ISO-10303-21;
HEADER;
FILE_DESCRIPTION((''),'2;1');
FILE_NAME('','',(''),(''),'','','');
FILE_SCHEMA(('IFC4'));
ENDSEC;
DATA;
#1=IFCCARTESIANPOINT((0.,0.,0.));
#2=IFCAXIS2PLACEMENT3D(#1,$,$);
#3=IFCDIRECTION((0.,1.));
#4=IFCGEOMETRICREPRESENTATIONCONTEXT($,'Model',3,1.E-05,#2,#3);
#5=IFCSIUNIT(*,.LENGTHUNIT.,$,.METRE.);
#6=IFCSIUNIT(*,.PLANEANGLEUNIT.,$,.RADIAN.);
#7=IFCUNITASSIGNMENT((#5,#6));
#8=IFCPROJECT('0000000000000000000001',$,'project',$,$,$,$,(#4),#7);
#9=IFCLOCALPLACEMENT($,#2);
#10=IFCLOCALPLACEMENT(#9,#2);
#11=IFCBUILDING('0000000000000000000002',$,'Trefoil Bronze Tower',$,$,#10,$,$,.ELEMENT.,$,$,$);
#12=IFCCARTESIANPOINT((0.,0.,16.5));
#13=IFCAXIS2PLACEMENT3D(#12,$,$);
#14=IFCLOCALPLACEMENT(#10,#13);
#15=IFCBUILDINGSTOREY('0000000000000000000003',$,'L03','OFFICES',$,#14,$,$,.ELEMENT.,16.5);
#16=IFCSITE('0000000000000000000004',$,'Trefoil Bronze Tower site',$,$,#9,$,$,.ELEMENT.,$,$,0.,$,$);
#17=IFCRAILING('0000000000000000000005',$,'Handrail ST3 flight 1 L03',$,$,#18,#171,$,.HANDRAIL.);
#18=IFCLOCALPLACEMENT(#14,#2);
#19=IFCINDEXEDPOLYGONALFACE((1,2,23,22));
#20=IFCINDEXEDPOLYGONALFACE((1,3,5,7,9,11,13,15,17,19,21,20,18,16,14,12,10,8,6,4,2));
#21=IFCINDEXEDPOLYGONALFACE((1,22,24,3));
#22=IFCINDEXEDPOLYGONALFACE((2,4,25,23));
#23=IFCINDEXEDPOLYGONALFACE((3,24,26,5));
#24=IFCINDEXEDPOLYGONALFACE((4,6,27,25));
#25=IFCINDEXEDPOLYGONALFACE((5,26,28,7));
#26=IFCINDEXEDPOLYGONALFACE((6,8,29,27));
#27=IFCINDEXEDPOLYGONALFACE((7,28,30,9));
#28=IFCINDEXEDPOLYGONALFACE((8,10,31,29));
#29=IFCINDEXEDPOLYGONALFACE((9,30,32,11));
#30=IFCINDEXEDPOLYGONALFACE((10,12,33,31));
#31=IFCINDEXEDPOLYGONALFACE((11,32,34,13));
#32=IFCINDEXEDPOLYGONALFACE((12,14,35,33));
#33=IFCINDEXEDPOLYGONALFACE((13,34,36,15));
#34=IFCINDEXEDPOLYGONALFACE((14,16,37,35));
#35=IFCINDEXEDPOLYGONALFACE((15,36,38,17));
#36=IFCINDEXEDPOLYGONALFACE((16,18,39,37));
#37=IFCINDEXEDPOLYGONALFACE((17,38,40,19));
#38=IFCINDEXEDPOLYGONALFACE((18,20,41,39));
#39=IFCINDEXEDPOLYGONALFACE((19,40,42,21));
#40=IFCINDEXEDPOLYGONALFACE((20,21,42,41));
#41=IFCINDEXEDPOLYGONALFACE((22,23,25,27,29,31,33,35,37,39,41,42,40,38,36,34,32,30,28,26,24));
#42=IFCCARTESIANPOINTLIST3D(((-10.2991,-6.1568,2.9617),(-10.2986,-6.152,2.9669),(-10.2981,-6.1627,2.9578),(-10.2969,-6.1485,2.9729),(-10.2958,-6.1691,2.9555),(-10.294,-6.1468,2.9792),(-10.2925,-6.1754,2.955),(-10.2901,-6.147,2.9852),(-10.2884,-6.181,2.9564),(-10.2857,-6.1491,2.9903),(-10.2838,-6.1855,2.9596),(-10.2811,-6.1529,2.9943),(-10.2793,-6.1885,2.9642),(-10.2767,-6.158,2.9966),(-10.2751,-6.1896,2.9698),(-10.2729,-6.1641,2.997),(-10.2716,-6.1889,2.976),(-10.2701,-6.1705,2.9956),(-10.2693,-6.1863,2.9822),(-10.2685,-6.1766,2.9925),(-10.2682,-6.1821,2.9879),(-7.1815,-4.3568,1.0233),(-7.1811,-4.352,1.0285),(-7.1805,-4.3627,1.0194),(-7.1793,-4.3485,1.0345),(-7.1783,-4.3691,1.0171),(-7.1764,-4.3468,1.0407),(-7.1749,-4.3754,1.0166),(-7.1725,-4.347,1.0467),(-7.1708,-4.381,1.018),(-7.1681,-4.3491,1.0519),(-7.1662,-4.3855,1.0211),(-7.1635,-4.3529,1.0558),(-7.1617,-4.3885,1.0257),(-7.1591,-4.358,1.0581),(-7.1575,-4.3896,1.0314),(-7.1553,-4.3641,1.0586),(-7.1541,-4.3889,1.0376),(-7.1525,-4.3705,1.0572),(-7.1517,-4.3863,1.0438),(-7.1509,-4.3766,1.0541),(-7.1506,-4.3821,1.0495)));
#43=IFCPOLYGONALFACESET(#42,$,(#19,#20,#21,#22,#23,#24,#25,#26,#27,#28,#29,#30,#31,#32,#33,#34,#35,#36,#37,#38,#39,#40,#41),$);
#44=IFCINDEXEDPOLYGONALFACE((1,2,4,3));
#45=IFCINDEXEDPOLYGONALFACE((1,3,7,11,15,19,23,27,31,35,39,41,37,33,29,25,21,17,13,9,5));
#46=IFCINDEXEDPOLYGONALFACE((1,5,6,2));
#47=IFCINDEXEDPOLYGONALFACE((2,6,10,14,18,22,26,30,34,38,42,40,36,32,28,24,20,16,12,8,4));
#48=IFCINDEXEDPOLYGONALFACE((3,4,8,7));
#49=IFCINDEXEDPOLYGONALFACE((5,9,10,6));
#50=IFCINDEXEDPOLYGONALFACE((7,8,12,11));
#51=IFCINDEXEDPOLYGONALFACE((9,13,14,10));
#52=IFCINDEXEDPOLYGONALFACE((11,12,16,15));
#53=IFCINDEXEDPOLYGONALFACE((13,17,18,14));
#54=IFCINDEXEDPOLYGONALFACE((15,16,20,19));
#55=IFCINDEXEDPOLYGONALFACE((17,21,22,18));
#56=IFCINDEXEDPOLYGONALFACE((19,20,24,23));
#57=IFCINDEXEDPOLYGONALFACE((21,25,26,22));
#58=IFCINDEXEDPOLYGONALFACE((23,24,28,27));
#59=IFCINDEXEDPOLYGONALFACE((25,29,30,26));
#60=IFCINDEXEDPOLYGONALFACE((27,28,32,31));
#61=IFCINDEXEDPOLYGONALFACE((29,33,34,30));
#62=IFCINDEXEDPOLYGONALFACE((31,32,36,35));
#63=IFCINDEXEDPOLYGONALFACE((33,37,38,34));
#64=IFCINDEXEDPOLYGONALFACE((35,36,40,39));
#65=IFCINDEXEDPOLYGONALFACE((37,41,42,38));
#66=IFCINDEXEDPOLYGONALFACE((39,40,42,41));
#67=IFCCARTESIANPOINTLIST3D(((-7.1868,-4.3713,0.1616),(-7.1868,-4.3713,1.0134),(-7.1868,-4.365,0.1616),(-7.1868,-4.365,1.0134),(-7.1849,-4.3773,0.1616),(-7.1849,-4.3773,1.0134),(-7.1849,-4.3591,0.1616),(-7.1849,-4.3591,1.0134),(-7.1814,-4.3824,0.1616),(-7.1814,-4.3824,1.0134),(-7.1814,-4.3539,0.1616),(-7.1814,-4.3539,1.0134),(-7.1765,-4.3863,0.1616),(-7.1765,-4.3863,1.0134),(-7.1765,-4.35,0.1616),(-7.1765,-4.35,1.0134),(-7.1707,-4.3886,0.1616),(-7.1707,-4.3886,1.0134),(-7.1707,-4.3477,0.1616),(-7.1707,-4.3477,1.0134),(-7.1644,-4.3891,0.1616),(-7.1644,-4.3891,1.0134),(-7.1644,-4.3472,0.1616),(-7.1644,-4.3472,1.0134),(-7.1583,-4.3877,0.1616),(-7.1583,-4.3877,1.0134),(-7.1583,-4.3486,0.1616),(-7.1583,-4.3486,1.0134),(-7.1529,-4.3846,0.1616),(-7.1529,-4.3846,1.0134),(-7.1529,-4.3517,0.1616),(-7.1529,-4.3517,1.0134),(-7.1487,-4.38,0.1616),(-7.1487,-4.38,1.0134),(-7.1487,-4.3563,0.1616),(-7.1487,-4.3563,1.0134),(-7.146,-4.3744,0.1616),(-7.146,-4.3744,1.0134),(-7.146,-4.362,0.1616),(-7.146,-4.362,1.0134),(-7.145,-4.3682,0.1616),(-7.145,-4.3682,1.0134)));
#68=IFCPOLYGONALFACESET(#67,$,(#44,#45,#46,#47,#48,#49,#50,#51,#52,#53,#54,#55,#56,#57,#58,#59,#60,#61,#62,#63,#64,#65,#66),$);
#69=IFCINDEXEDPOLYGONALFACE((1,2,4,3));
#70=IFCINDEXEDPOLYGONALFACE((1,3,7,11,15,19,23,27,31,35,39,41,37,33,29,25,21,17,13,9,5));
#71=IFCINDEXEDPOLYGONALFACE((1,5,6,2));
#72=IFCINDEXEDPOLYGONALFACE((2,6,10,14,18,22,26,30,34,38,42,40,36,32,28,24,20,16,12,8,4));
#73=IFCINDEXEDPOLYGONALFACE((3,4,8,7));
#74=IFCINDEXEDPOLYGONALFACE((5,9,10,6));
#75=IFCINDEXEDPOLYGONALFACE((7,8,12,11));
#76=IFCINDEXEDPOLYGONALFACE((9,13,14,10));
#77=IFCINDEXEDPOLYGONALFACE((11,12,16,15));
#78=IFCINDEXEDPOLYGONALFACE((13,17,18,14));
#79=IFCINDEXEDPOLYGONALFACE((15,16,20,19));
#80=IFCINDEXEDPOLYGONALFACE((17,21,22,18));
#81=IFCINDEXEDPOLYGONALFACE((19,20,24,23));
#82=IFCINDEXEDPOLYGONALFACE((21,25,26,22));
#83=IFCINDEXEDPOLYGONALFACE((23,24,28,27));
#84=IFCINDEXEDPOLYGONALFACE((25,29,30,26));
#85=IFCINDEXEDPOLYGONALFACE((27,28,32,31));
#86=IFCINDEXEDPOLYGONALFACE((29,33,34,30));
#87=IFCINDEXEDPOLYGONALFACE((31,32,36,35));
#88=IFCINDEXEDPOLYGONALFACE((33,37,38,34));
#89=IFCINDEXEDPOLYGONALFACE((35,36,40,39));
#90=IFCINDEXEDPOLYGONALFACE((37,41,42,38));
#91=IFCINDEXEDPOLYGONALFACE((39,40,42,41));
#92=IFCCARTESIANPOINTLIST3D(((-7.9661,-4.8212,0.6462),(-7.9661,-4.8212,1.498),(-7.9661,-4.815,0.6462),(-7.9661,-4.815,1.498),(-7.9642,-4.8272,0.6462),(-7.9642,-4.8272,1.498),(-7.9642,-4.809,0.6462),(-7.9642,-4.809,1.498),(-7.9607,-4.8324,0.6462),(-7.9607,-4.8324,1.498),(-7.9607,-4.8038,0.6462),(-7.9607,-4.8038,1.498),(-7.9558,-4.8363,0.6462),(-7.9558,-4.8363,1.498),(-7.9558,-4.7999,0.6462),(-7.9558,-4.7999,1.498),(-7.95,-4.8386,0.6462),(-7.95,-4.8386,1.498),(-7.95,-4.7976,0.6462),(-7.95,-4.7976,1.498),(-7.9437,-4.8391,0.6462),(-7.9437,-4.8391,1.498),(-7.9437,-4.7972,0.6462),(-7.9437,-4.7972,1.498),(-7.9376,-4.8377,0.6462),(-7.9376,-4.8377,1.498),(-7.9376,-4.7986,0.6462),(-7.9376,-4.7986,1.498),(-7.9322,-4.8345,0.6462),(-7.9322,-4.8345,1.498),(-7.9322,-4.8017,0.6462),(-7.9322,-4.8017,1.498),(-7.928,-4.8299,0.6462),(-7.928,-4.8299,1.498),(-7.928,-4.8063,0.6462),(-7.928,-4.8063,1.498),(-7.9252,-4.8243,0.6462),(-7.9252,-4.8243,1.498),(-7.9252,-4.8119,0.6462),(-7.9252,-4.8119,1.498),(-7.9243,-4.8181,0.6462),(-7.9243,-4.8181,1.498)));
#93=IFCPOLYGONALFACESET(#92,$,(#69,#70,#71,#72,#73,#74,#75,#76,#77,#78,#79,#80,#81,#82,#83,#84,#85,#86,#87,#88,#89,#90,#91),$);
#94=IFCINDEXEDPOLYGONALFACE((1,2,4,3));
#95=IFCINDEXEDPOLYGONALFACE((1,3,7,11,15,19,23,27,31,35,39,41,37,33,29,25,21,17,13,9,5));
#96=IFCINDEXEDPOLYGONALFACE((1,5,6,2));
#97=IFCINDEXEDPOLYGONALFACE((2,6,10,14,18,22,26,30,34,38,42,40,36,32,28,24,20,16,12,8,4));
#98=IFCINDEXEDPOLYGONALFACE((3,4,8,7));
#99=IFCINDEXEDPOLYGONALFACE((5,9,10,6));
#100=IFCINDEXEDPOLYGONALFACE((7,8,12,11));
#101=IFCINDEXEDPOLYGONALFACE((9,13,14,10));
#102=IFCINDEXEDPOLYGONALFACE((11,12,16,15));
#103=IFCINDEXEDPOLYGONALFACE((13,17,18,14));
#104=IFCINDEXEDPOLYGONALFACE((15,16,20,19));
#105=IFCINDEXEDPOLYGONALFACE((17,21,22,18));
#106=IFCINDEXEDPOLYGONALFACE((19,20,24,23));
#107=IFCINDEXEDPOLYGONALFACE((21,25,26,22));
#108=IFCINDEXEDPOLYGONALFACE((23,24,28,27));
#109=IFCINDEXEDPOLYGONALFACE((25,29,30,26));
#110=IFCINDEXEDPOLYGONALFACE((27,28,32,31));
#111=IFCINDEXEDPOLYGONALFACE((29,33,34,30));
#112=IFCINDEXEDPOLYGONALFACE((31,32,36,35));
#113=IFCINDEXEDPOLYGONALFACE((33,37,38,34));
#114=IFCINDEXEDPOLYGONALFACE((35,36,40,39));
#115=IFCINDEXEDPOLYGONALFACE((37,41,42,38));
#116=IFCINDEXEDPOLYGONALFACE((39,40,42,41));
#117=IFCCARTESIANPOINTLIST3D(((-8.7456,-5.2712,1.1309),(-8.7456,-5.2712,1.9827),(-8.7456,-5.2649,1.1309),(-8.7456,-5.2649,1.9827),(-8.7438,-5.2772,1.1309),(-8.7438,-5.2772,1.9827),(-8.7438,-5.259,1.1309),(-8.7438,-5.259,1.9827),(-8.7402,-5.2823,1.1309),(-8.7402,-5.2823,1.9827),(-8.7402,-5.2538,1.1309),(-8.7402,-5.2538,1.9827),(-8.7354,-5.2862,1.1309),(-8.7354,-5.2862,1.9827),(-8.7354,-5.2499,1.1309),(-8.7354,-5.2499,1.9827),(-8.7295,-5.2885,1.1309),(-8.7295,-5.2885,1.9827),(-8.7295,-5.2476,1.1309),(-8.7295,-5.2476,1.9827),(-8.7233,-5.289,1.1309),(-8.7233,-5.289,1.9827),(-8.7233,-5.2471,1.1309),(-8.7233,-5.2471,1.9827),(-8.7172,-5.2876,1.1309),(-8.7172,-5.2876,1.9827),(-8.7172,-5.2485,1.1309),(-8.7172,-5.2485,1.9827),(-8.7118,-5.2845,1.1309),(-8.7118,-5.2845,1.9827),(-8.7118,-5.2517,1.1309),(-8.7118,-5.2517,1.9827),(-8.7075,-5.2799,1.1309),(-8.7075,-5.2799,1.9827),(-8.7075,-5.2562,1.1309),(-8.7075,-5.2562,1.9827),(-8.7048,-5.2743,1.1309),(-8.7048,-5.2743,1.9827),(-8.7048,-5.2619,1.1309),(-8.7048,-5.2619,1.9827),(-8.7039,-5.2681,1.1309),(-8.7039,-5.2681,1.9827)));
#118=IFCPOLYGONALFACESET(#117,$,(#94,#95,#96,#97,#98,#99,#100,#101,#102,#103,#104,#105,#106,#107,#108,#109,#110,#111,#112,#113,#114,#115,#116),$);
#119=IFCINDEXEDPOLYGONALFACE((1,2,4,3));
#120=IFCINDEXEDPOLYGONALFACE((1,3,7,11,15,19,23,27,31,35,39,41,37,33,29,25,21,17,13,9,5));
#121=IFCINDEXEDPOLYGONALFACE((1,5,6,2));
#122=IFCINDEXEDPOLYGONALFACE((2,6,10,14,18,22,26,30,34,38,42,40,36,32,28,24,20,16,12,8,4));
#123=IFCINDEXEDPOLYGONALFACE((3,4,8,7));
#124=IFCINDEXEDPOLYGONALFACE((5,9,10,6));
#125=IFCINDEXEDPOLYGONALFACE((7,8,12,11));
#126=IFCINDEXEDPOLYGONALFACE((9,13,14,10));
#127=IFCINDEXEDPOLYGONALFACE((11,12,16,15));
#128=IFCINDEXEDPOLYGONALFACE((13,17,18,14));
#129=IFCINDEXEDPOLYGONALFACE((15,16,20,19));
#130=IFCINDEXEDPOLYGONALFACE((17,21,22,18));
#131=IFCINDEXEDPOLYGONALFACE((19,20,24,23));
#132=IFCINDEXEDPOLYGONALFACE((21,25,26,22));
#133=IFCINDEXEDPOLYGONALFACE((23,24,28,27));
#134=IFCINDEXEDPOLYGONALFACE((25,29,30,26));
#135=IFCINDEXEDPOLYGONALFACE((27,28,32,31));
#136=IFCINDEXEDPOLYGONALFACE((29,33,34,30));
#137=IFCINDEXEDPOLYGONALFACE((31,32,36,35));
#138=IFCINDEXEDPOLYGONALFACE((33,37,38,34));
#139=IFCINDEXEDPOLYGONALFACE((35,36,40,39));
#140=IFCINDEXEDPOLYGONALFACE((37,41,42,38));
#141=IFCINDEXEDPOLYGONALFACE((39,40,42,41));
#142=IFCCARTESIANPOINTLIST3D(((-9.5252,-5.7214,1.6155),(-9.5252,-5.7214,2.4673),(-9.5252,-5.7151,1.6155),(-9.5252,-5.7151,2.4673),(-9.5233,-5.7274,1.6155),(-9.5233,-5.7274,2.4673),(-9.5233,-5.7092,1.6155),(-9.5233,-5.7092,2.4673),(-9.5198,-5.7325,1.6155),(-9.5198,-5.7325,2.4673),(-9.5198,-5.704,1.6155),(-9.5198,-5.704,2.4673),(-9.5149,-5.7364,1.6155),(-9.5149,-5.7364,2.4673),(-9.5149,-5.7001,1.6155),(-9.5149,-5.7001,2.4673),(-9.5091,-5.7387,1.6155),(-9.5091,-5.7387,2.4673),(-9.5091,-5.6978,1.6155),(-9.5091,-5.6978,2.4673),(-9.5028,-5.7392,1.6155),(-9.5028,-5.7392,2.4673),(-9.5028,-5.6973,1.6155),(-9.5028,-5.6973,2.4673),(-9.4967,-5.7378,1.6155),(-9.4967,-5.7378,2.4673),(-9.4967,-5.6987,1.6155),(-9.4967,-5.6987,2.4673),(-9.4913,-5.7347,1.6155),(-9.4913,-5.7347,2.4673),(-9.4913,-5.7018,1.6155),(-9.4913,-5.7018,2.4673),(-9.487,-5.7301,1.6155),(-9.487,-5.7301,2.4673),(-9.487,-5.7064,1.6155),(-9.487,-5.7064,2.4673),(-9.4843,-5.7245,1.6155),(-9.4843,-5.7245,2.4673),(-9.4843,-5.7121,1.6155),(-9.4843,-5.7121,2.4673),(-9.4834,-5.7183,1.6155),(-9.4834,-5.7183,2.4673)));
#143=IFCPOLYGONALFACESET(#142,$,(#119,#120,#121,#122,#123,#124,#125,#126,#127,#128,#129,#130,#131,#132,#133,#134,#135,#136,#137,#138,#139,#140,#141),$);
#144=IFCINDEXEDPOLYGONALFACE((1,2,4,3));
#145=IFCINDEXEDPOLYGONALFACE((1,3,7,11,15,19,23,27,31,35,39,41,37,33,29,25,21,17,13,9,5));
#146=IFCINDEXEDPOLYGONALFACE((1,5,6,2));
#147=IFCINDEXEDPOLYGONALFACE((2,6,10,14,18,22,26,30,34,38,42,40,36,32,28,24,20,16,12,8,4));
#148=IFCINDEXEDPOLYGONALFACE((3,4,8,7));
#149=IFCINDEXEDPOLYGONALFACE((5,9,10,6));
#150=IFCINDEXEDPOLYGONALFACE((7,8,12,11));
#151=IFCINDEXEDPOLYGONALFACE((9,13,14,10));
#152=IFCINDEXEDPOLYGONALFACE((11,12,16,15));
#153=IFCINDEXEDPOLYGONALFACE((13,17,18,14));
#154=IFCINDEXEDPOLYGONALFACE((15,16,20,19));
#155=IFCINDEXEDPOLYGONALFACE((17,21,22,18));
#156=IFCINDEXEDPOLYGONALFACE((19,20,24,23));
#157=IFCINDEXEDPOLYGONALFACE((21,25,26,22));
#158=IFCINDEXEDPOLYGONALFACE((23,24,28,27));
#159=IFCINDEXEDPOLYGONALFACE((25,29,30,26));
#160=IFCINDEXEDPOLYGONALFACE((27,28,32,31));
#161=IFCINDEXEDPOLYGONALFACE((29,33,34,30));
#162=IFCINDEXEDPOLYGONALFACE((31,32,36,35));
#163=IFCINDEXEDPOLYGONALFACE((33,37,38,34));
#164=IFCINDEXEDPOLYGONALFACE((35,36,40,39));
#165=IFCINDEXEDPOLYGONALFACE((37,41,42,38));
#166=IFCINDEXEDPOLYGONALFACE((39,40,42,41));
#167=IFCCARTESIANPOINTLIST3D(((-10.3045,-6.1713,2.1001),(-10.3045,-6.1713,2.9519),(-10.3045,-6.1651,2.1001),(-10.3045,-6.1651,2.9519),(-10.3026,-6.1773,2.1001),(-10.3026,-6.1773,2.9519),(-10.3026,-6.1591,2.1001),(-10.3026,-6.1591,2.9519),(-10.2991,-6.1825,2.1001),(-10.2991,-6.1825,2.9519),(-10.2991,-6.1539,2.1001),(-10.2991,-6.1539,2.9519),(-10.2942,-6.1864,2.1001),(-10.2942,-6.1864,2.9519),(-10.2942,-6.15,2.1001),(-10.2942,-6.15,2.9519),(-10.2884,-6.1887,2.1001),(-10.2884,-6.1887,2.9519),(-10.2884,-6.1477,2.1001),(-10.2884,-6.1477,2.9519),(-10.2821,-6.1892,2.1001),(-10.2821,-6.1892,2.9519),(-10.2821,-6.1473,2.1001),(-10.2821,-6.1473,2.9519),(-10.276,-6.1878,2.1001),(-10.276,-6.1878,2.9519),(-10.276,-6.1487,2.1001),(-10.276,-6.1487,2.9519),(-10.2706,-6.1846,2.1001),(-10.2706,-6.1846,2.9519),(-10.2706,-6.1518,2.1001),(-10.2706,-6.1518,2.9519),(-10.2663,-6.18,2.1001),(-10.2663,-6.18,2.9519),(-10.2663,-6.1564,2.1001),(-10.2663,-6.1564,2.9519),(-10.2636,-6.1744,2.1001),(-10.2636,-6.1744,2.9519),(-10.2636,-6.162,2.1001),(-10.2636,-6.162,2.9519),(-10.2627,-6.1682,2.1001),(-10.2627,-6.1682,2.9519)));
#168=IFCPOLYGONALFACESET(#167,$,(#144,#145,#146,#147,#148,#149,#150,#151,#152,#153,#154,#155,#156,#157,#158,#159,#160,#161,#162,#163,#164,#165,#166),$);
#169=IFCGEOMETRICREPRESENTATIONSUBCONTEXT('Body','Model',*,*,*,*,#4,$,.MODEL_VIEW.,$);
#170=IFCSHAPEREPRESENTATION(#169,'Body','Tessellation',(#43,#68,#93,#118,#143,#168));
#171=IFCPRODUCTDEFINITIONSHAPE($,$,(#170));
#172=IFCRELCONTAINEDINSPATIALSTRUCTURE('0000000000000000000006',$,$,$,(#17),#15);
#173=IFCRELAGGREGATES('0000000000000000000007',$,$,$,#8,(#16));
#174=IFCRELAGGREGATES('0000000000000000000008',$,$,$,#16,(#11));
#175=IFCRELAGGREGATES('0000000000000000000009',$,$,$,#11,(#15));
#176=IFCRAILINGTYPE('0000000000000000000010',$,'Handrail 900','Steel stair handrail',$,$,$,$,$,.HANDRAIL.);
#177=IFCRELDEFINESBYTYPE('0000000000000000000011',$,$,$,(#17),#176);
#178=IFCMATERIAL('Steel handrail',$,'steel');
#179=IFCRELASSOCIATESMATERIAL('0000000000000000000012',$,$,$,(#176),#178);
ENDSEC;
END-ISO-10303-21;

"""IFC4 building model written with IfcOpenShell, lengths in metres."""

from ifc_helpers import new_model, si_unit, direction, frame, origin, origin_2d, place, context, subcontext, project, spatial, circle, extrude, material, type_object, element, save


model = new_model("IFC4")

# Units and contexts
model_context = context("Model", 3, precision=1e-05, world=origin(), true_north=direction((0.0, 1.0)))
body_context = subcontext(model_context, "Body", "Model", "MODEL_VIEW")
ifc_project = project(units=[si_unit("LENGTHUNIT", "METRE"), si_unit("PLANEANGLEUNIT", "RADIAN")], contexts=[model_context])

# Site, building, storey
site_placement = place(None, origin())
site = spatial("IfcSite", under=ifc_project, at=site_placement, Name="Trefoil Bronze Tower site", CompositionType="ELEMENT", RefElevation=0.0)
building_placement = place(site_placement, origin())
building = spatial("IfcBuilding", under=site, at=building_placement, Name="Trefoil Bronze Tower", CompositionType="ELEMENT")
storey_placement = place(building_placement, frame((0.0, 0.0, 16.5)))
storey = spatial("IfcBuildingStorey", under=building, at=storey_placement, Name="L03", Description="OFFICES", CompositionType="ELEMENT", Elevation=16.5)

# Railing
ifc_material_1 = material(Name="Steel handrail", Category="steel")
railing_type = type_object("IfcRailingType", Name="Handrail 900", Description="Steel stair handrail", PredefinedType="HANDRAIL", material=ifc_material_1)
railing_1_placement = place(storey_placement, frame((-7.166, -4.3682, 0.1616)))
element("IfcRailing", 1, at=railing_1_placement, inside=storey, type_object=railing_type, Name="Handrail ST3 flight 1 L03", PredefinedType="HANDRAIL", context=body_context, shape_type="SweptSolid", body=[
    extrude(circle(Radius=0.0239, at=origin_2d()), frame((0.0, 0.0, 0.876), z_axis=(-0.762503, -0.440246, 0.474102), x_axis=(0.500012, -0.866018, 0.0)), (0.0, 0.0, 1.0), 4.0886),
    extrude(circle(Radius=0.021, at=origin_2d()), origin(), (0.0, 0.0, 1.0), 0.8518),
    extrude(circle(Radius=0.021, at=origin_2d()), frame((-0.7793, -0.45, 0.4846)), (0.0, 0.0, 1.0), 0.8518),
    extrude(circle(Radius=0.021, at=origin_2d()), frame((-1.5588, -0.8999, 0.9692)), (0.0, 0.0, 1.0), 0.8518),
    extrude(circle(Radius=0.021, at=origin_2d()), frame((-2.3384, -1.3501, 1.4539)), (0.0, 0.0, 1.0), 0.8518),
    extrude(circle(Radius=0.021, at=origin_2d()), frame((-3.1177, -1.8, 1.9385)), (0.0, 0.0, 1.0), 0.8518),
])

save(model, "model.ifc")
